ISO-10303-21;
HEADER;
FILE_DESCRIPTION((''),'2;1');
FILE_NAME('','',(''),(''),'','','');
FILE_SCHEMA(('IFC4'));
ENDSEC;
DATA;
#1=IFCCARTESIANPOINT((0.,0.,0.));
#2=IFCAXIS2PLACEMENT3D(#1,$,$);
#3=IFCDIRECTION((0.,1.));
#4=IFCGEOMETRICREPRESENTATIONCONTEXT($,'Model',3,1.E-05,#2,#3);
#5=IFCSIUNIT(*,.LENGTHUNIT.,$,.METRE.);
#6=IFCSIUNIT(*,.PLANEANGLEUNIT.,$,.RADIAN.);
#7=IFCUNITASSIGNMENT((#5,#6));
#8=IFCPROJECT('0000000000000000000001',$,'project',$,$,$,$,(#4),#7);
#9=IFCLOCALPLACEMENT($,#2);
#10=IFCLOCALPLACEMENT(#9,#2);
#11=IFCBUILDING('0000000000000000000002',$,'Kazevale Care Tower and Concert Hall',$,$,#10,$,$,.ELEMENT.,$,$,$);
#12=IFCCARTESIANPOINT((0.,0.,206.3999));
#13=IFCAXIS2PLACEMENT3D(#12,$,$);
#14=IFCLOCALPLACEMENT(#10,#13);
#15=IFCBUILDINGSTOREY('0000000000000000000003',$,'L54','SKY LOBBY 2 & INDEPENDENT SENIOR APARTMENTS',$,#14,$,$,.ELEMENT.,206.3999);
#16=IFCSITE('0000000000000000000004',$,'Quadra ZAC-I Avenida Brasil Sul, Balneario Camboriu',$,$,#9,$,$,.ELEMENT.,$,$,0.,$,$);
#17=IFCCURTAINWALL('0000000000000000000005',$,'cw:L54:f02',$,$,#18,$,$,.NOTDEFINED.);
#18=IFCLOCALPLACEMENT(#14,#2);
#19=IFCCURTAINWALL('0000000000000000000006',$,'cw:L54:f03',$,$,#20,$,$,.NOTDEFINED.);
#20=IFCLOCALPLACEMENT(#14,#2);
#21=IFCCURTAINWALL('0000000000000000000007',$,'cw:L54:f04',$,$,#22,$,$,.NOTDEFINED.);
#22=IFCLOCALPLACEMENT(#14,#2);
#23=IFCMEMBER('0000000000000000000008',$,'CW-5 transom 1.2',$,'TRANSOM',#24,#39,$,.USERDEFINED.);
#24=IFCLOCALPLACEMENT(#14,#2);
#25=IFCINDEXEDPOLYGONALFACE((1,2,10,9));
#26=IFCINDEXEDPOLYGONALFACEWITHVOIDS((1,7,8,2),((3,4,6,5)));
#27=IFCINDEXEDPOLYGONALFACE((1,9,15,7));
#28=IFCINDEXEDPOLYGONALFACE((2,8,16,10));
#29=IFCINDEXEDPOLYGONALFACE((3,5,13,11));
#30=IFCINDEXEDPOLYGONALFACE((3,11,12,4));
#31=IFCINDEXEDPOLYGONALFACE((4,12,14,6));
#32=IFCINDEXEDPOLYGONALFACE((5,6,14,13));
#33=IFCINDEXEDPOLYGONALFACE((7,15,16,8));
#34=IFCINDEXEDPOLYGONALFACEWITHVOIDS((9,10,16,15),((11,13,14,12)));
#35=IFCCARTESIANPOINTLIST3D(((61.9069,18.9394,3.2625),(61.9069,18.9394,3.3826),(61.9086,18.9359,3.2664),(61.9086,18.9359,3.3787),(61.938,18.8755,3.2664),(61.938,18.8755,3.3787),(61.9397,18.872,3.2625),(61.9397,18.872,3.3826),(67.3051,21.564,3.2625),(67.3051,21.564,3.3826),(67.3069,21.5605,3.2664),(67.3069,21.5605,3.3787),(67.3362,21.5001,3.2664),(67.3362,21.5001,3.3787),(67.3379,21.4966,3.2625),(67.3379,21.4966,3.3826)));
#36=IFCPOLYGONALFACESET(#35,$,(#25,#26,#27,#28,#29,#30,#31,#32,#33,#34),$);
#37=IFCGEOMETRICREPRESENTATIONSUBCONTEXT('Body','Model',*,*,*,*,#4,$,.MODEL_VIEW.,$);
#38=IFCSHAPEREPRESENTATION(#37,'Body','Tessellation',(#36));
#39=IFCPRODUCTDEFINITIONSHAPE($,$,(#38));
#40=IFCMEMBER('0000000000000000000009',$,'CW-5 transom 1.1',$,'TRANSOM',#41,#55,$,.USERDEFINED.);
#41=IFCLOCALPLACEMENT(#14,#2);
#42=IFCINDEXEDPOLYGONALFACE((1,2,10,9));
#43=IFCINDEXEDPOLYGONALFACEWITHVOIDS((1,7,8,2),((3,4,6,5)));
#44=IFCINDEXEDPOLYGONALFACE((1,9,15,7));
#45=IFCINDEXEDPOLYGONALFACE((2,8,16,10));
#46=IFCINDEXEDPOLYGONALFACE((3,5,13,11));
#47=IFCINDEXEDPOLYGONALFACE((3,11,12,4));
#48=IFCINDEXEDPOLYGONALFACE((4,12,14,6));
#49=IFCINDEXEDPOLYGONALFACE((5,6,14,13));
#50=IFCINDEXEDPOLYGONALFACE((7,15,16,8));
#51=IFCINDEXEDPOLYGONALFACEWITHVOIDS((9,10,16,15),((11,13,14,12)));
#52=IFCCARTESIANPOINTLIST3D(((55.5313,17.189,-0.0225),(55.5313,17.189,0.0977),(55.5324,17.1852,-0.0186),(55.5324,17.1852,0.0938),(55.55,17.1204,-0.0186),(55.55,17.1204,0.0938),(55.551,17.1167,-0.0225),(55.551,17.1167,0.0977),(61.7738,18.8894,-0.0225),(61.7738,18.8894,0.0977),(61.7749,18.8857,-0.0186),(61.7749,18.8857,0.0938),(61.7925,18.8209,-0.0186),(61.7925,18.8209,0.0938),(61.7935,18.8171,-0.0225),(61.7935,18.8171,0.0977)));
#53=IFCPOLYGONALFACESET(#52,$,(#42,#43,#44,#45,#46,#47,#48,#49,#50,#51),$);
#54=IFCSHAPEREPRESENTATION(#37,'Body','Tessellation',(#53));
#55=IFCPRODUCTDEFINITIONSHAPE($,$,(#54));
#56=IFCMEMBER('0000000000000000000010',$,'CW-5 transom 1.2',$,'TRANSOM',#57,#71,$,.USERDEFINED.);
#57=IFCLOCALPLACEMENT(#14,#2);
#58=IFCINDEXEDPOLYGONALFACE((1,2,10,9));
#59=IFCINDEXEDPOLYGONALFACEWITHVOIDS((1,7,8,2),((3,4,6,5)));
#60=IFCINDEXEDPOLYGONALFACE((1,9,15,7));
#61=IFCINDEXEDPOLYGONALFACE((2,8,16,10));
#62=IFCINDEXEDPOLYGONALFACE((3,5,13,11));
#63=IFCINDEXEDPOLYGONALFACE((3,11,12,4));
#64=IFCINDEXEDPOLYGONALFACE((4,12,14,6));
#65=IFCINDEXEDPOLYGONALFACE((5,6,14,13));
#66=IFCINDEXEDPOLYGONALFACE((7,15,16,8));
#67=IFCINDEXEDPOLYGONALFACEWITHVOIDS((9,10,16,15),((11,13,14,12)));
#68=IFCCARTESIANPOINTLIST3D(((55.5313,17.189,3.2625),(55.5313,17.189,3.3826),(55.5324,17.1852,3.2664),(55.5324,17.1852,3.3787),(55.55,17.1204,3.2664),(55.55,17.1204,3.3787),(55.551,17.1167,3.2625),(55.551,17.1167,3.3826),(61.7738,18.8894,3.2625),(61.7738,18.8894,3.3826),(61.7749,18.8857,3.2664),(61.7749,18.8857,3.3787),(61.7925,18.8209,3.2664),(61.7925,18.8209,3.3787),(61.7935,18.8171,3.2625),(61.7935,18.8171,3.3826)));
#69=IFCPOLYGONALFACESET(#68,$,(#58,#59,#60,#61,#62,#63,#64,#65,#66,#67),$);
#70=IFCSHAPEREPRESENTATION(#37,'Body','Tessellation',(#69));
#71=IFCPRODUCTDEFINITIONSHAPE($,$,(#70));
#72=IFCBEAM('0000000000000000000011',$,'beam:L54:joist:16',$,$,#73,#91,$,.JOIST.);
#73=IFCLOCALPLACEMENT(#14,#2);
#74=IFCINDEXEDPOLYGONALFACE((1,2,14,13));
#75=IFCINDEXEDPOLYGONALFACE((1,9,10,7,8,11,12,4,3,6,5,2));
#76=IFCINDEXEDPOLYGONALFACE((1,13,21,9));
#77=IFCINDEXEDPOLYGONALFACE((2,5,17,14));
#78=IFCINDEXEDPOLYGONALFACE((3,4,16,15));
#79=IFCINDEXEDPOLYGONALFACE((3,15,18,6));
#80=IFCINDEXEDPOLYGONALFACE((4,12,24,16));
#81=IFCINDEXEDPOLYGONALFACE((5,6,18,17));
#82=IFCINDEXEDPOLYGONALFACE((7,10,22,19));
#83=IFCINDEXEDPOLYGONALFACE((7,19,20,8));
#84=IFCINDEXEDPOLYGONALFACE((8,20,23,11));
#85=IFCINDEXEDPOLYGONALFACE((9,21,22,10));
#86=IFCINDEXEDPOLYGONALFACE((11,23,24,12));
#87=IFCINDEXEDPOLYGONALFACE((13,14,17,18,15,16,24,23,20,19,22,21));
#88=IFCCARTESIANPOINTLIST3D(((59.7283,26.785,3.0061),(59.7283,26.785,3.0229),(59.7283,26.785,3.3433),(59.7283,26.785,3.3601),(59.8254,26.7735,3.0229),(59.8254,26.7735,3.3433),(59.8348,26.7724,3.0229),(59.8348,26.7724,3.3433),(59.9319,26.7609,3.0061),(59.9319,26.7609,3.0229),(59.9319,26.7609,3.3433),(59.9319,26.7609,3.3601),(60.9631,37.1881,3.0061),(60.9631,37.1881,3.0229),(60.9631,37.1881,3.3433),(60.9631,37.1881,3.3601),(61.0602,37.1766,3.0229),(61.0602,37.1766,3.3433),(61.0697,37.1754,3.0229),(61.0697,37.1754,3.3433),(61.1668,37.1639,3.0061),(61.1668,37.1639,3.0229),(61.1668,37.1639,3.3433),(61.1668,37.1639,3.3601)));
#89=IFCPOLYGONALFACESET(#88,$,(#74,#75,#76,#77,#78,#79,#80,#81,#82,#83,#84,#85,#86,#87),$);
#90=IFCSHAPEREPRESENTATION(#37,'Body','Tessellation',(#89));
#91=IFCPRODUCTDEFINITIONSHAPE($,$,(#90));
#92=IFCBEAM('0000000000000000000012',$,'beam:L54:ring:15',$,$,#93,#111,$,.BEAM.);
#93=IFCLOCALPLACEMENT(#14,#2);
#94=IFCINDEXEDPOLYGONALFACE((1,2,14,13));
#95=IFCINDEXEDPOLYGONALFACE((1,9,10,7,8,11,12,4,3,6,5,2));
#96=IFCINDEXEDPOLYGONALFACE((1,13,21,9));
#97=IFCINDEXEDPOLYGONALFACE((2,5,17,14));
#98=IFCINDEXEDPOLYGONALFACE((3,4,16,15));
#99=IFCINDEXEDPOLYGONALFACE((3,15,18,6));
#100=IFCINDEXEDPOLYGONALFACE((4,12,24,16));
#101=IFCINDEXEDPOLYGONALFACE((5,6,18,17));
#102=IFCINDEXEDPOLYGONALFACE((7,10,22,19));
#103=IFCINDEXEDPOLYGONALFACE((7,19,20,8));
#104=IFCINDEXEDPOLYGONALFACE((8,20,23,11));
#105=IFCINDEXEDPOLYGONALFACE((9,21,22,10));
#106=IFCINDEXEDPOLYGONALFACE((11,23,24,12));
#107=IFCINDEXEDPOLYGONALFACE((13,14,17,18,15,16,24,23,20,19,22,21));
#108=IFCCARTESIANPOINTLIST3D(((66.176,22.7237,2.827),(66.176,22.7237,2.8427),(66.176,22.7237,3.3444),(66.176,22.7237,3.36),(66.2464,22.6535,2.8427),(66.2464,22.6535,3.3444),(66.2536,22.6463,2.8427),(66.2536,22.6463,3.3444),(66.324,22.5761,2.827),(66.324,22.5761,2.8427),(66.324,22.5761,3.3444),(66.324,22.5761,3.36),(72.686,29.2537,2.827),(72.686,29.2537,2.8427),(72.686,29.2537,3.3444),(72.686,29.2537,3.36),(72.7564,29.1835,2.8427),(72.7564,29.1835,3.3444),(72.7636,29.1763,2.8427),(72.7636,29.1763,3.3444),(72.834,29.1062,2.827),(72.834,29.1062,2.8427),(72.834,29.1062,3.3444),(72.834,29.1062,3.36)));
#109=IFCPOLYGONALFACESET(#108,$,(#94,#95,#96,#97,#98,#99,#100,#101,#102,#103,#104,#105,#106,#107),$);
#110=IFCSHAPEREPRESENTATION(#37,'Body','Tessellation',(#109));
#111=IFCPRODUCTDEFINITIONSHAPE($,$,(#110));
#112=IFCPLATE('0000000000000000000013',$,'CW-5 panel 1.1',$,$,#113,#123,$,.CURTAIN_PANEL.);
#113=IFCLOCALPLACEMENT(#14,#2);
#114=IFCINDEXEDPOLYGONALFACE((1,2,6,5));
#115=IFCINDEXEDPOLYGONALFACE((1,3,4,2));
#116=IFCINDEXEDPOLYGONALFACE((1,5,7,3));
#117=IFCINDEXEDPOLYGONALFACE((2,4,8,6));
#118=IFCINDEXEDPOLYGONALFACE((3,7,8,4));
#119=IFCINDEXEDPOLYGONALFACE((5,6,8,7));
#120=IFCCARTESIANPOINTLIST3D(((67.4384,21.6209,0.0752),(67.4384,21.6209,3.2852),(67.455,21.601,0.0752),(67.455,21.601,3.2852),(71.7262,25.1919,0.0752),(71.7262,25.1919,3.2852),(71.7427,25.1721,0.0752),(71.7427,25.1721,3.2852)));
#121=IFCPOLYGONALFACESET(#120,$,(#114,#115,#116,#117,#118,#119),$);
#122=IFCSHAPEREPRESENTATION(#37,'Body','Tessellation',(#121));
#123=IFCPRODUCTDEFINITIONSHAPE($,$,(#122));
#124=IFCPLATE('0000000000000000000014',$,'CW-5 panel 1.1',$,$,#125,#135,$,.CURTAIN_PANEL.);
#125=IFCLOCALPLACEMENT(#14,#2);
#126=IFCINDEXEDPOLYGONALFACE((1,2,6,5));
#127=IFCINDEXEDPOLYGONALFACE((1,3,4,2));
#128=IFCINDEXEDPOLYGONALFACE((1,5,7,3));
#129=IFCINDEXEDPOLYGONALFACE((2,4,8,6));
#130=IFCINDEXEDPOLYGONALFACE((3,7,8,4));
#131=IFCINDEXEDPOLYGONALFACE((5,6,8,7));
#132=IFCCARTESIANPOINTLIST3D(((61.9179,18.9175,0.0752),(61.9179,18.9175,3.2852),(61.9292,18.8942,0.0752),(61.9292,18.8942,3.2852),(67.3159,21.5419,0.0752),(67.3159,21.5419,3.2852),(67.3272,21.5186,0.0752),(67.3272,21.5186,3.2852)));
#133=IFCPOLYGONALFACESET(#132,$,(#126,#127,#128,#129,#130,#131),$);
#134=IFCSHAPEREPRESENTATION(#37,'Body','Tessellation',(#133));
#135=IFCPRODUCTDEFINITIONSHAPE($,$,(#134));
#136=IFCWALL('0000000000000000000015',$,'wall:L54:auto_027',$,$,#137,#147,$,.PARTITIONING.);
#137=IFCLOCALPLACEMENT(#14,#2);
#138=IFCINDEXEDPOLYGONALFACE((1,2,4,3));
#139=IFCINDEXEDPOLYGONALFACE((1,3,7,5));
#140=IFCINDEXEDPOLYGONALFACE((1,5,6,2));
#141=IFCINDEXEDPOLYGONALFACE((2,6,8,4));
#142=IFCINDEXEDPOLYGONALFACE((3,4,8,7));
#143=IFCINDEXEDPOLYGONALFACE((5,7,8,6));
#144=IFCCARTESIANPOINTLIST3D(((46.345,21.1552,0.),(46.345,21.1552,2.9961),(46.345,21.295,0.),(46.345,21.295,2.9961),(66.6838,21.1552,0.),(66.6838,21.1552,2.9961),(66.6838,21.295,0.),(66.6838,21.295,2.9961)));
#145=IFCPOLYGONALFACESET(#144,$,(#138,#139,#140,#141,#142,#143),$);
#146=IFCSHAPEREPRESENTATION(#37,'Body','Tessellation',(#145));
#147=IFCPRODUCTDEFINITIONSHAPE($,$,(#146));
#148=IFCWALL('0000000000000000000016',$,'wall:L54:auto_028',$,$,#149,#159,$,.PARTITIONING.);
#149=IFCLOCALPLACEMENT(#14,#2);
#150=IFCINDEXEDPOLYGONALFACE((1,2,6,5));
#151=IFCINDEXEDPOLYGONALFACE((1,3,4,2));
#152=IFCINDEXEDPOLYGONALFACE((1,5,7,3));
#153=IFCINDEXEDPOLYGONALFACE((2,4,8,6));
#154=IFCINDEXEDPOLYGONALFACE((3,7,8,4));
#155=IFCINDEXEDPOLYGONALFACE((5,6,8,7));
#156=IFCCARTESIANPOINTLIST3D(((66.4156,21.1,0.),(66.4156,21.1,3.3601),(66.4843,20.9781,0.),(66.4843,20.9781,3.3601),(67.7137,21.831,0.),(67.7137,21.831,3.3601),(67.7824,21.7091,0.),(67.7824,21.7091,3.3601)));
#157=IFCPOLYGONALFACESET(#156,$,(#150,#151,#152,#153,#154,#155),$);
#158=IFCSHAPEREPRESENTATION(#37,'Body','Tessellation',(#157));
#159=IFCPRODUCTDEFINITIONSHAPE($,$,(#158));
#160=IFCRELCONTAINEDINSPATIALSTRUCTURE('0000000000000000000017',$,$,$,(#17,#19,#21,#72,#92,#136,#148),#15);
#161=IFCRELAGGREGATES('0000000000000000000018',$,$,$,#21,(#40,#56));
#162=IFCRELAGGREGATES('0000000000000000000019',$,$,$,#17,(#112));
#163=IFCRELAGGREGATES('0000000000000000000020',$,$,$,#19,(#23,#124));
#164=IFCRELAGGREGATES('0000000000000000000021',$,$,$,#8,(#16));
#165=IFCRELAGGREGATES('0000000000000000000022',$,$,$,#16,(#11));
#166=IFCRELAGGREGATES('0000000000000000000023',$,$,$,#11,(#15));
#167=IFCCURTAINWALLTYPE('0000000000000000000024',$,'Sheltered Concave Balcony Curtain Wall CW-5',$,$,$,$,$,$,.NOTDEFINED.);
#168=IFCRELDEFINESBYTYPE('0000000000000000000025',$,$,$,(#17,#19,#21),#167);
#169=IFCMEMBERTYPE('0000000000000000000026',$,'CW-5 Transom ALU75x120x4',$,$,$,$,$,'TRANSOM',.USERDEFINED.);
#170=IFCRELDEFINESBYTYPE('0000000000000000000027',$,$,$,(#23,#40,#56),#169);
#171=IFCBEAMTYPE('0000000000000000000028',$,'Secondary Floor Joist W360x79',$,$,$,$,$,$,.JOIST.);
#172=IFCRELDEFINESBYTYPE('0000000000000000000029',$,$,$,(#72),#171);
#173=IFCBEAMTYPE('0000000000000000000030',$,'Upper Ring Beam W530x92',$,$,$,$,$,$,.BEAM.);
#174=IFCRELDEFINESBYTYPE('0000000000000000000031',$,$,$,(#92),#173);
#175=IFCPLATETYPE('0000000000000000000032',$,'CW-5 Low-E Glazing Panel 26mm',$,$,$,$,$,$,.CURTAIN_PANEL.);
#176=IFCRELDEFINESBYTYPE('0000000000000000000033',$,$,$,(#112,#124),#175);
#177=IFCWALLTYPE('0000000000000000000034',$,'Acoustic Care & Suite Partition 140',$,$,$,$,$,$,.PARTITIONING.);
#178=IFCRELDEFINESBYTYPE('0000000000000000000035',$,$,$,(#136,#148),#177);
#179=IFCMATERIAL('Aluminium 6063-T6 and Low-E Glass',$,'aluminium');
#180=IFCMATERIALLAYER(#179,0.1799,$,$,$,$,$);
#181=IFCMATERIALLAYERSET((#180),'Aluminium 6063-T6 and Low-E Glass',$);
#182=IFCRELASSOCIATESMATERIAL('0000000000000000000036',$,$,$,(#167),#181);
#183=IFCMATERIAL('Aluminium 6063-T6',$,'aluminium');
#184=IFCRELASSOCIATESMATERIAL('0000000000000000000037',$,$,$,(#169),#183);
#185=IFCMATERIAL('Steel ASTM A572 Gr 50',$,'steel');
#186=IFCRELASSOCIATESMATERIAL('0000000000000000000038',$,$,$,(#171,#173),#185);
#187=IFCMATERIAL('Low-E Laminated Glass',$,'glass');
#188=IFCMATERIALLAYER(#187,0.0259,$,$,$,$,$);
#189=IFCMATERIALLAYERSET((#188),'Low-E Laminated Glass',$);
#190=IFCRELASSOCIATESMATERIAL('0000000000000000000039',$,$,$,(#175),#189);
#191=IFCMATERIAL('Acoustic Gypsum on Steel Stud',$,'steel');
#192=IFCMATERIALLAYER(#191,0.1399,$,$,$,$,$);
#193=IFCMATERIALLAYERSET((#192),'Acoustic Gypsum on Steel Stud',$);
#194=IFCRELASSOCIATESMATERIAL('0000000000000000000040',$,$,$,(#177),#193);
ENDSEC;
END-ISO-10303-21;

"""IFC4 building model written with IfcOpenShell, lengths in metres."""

from ifc_helpers import new_model, si_unit, direction, frame, frame_2d, origin, origin_2d, place, context, subcontext, project, spatial, rectangle, hollow_rectangle, i_section, extrude, material, layer, layer_set, material_profile, profile_set, type_object, element, aggregate, save


model = new_model("IFC4")

# Units and contexts
model_context = context("Model", 3, precision=1e-05, world=origin(), true_north=direction((0.0, 1.0)))
body_context = subcontext(model_context, "Body", "Model", "MODEL_VIEW")
ifc_project = project(units=[si_unit("LENGTHUNIT", "METRE"), si_unit("PLANEANGLEUNIT", "RADIAN")], contexts=[model_context])

# Site, building, storey
site_placement = place(None, origin())
site = spatial("IfcSite", under=ifc_project, at=site_placement, Name="Quadra ZAC-I Avenida Brasil Sul, Balneario Camboriu", CompositionType="ELEMENT", RefElevation=0.0)
building_placement = place(site_placement, origin())
building = spatial("IfcBuilding", under=site, at=building_placement, Name="Kazevale Care Tower and Concert Hall", CompositionType="ELEMENT")
storey_placement = place(building_placement, frame((0.0, 0.0, 206.3999)))
storey = spatial("IfcBuildingStorey", under=building, at=storey_placement, Name="L54", Description="SKY LOBBY 2 & INDEPENDENT SENIOR APARTMENTS", CompositionType="ELEMENT", Elevation=206.3999)

# Curtain walls
ifc_material_1 = material(Name="Aluminium 6063-T6 and Low-E Glass", Category="aluminium")
ifc_layer_1 = layer(ifc_material_1, 0.1799)
ifc_layer_set_1 = layer_set([ifc_layer_1], Name="Aluminium 6063-T6 and Low-E Glass")
curtain_wall_type = type_object("IfcCurtainWallType", Name="Sheltered Concave Balcony Curtain Wall CW-5", PredefinedType="NOTDEFINED", material=ifc_layer_set_1)
curtain_wall_1_placement = place(storey_placement, origin())
curtain_wall_1 = element("IfcCurtainWall", 1, at=curtain_wall_1_placement, inside=storey, type_object=curtain_wall_type, Name="cw:L54:f02", PredefinedType="NOTDEFINED")
ifc_material_2 = material(Name="Aluminium 6063-T6", Category="aluminium")
curtain_wall_2_placement = place(storey_placement, origin())
curtain_wall_2 = element("IfcCurtainWall", 2, at=curtain_wall_2_placement, inside=storey, type_object=curtain_wall_type, Name="cw:L54:f03", PredefinedType="NOTDEFINED")

# Curtain wall
curtain_wall_3_placement = place(storey_placement, origin())
curtain_wall_3 = element("IfcCurtainWall", 3, at=curtain_wall_3_placement, inside=storey, type_object=curtain_wall_type, Name="cw:L54:f04", PredefinedType="NOTDEFINED")

# Members
ifc_material_profile_1 = material_profile(ifc_material_2, hollow_rectangle(XDim=0.075, YDim=0.1201, WallThickness=0.0039, at=origin_2d()), Name="ALU75x120x4")
ifc_profile_set_1 = profile_set([ifc_material_profile_1], Name="Aluminium 6063-T6")
member_type_1 = type_object("IfcMemberType", Name="CW-5 Transom ALU75x120x4", ElementType="TRANSOM", PredefinedType="USERDEFINED", material=ifc_profile_set_1)
member_1_placement = place(storey_placement, frame((67.3215, 21.5303, 3.3225), z_axis=(-0.899342, -0.437245, 0.0), x_axis=(0.437245, -0.899342, 0.0)))
member_1 = element("IfcMember", 4, at=member_1_placement, type_object=member_type_1, Name="CW-5 transom 1.2", ObjectType="TRANSOM", PredefinedType="USERDEFINED", context=body_context, shape_type="SweptSolid", body=[
    extrude(hollow_rectangle(XDim=0.075, YDim=0.1201, WallThickness=0.0039, at=origin_2d()), origin(), (0.0, 0.0, 1.0), 6.0024),
])
member_2_placement = place(storey_placement, frame((61.7837, 18.8533, 0.0376), z_axis=(-0.964844, -0.262824, 0.0), x_axis=(0.262824, -0.964844, 0.0)))
member_2 = element("IfcMember", 5, at=member_2_placement, type_object=member_type_1, Name="CW-5 transom 1.1", ObjectType="TRANSOM", PredefinedType="USERDEFINED", context=body_context, shape_type="SweptSolid", body=[
    extrude(hollow_rectangle(XDim=0.075, YDim=0.1201, WallThickness=0.0039, at=origin_2d()), origin(), (0.0, 0.0, 1.0), 6.47),
])
member_3_placement = place(storey_placement, frame((61.7837, 18.8533, 3.3225), z_axis=(-0.964844, -0.262824, 0.0), x_axis=(0.262824, -0.964844, 0.0)))
member_3 = element("IfcMember", 6, at=member_3_placement, type_object=member_type_1, Name="CW-5 transom 1.2", ObjectType="TRANSOM", PredefinedType="USERDEFINED", context=body_context, shape_type="SweptSolid", body=[
    extrude(hollow_rectangle(XDim=0.075, YDim=0.1201, WallThickness=0.0039, at=origin_2d()), origin(), (0.0, 0.0, 1.0), 6.47),
])
aggregate(curtain_wall_3, [member_2, member_3])

# Beams
ifc_material_3 = material(Name="Steel ASTM A572 Gr 50", Category="steel")
ifc_material_profile_2 = material_profile(ifc_material_3, i_section(OverallWidth=0.2051, OverallDepth=0.354, WebThickness=0.0095, FlangeThickness=0.0168, at=origin_2d()), Name="W360x79")
ifc_profile_set_2 = profile_set([ifc_material_profile_2], Name="Steel ASTM A572 Gr 50")
beam_type_1 = type_object("IfcBeamType", Name="Secondary Floor Joist W360x79", PredefinedType="JOIST", material=ifc_profile_set_2)
beam_1_placement = place(storey_placement, frame((59.8301, 26.7729, 3.1831), z_axis=(0.117874, 0.993029, 0.0), x_axis=(-0.993029, 0.117874, 0.0)))
element("IfcBeam", 7, at=beam_1_placement, inside=storey, type_object=beam_type_1, Name="beam:L54:joist:16", PredefinedType="JOIST", context=body_context, shape_type="SweptSolid", body=[
    extrude(i_section(OverallWidth=0.2051, OverallDepth=0.354, WebThickness=0.0095, FlangeThickness=0.0168, at=origin_2d()), origin(), (0.0, 0.0, 1.0), 10.4761),
])
ifc_material_profile_3 = material_profile(ifc_material_3, i_section(OverallWidth=0.209, OverallDepth=0.533, WebThickness=0.0103, FlangeThickness=0.0156, at=origin_2d()), Name="W530x92")
ifc_profile_set_3 = profile_set([ifc_material_profile_3], Name="Steel ASTM A572 Gr 50")
beam_type_2 = type_object("IfcBeamType", Name="Upper Ring Beam W530x92", PredefinedType="BEAM", material=ifc_profile_set_3)
beam_2_placement = place(storey_placement, frame((66.25, 22.6499, 3.0935), z_axis=(0.70602, 0.708192, 0.0), x_axis=(-0.708192, 0.70602, 0.0)))
element("IfcBeam", 8, at=beam_2_placement, inside=storey, type_object=beam_type_2, Name="beam:L54:ring:15", PredefinedType="BEAM", context=body_context, shape_type="SweptSolid", body=[
    extrude(i_section(OverallWidth=0.209, OverallDepth=0.533, WebThickness=0.0103, FlangeThickness=0.0156, at=origin_2d()), origin(), (0.0, 0.0, 1.0), 9.2207),
])

# Plates
ifc_material_4 = material(Name="Low-E Laminated Glass", Category="glass")
ifc_layer_2 = layer(ifc_material_4, 0.0259)
ifc_layer_set_2 = layer_set([ifc_layer_2], Name="Low-E Laminated Glass")
plate_type = type_object("IfcPlateType", Name="CW-5 Low-E Glazing Panel 26mm", PredefinedType="CURTAIN_PANEL", material=ifc_layer_set_2)
plate_1_placement = place(storey_placement, frame((69.5906, 23.3965, 0.0752), z_axis=(0.0, 0.0, 1.0), x_axis=(-0.768407, -0.639961, 0.0)))
plate_1 = element("IfcPlate", 9, at=plate_1_placement, type_object=plate_type, Name="CW-5 panel 1.1", PredefinedType="CURTAIN_PANEL", context=body_context, shape_type="SweptSolid", body=[
    extrude(rectangle(XDim=5.5801, YDim=0.0259, at=origin_2d()), origin(), (0.0, 0.0, 1.0), 3.21),
])
aggregate(curtain_wall_1, [plate_1])
plate_2_placement = place(storey_placement, frame((64.6226, 20.218, 0.0752), z_axis=(0.0, 0.0, 1.0), x_axis=(-0.899346, -0.437238, 0.0)))
plate_2 = element("IfcPlate", 10, at=plate_2_placement, type_object=plate_type, Name="CW-5 panel 1.1", PredefinedType="CURTAIN_PANEL", context=body_context, shape_type="SweptSolid", body=[
    extrude(rectangle(XDim=6.0022, YDim=0.0259, at=origin_2d()), origin(), (0.0, 0.0, 1.0), 3.21),
])
aggregate(curtain_wall_2, [member_1, plate_2])

# Walls
ifc_material_5 = material(Name="Acoustic Gypsum on Steel Stud", Category="steel")
ifc_layer_3 = layer(ifc_material_5, 0.1399)
ifc_layer_set_3 = layer_set([ifc_layer_3], Name="Acoustic Gypsum on Steel Stud")
wall_type = type_object("IfcWallType", Name="Acoustic Care & Suite Partition 140", PredefinedType="PARTITIONING", material=ifc_layer_set_3)
wall_1_placement = place(storey_placement, frame((66.6838, 21.2251, 0.0), z_axis=(0.0, 0.0, 1.0), x_axis=(-1.0, 0.0, 0.0)))
element("IfcWall", 11, at=wall_1_placement, inside=storey, type_object=wall_type, Name="wall:L54:auto_027", PredefinedType="PARTITIONING", context=body_context, shape_type="SweptSolid", body=[
    extrude(rectangle(XDim=20.3389, YDim=0.1399, at=frame_2d((10.1694, 0.0))), origin(), (0.0, 0.0, 1.0), 2.9961),
])
wall_2_placement = place(storey_placement, frame((67.748, 21.77, 0.0), z_axis=(0.0, 0.0, 1.0), x_axis=(-0.871352, -0.490658, 0.0)))
element("IfcWall", 12, at=wall_2_placement, inside=storey, type_object=wall_type, Name="wall:L54:auto_028", PredefinedType="PARTITIONING", context=body_context, shape_type="SweptSolid", body=[
    extrude(rectangle(XDim=1.4897, YDim=0.1399, at=frame_2d((0.7449, 0.0))), origin(), (0.0, 0.0, 1.0), 3.3601),
])

save(model, "model.ifc")
